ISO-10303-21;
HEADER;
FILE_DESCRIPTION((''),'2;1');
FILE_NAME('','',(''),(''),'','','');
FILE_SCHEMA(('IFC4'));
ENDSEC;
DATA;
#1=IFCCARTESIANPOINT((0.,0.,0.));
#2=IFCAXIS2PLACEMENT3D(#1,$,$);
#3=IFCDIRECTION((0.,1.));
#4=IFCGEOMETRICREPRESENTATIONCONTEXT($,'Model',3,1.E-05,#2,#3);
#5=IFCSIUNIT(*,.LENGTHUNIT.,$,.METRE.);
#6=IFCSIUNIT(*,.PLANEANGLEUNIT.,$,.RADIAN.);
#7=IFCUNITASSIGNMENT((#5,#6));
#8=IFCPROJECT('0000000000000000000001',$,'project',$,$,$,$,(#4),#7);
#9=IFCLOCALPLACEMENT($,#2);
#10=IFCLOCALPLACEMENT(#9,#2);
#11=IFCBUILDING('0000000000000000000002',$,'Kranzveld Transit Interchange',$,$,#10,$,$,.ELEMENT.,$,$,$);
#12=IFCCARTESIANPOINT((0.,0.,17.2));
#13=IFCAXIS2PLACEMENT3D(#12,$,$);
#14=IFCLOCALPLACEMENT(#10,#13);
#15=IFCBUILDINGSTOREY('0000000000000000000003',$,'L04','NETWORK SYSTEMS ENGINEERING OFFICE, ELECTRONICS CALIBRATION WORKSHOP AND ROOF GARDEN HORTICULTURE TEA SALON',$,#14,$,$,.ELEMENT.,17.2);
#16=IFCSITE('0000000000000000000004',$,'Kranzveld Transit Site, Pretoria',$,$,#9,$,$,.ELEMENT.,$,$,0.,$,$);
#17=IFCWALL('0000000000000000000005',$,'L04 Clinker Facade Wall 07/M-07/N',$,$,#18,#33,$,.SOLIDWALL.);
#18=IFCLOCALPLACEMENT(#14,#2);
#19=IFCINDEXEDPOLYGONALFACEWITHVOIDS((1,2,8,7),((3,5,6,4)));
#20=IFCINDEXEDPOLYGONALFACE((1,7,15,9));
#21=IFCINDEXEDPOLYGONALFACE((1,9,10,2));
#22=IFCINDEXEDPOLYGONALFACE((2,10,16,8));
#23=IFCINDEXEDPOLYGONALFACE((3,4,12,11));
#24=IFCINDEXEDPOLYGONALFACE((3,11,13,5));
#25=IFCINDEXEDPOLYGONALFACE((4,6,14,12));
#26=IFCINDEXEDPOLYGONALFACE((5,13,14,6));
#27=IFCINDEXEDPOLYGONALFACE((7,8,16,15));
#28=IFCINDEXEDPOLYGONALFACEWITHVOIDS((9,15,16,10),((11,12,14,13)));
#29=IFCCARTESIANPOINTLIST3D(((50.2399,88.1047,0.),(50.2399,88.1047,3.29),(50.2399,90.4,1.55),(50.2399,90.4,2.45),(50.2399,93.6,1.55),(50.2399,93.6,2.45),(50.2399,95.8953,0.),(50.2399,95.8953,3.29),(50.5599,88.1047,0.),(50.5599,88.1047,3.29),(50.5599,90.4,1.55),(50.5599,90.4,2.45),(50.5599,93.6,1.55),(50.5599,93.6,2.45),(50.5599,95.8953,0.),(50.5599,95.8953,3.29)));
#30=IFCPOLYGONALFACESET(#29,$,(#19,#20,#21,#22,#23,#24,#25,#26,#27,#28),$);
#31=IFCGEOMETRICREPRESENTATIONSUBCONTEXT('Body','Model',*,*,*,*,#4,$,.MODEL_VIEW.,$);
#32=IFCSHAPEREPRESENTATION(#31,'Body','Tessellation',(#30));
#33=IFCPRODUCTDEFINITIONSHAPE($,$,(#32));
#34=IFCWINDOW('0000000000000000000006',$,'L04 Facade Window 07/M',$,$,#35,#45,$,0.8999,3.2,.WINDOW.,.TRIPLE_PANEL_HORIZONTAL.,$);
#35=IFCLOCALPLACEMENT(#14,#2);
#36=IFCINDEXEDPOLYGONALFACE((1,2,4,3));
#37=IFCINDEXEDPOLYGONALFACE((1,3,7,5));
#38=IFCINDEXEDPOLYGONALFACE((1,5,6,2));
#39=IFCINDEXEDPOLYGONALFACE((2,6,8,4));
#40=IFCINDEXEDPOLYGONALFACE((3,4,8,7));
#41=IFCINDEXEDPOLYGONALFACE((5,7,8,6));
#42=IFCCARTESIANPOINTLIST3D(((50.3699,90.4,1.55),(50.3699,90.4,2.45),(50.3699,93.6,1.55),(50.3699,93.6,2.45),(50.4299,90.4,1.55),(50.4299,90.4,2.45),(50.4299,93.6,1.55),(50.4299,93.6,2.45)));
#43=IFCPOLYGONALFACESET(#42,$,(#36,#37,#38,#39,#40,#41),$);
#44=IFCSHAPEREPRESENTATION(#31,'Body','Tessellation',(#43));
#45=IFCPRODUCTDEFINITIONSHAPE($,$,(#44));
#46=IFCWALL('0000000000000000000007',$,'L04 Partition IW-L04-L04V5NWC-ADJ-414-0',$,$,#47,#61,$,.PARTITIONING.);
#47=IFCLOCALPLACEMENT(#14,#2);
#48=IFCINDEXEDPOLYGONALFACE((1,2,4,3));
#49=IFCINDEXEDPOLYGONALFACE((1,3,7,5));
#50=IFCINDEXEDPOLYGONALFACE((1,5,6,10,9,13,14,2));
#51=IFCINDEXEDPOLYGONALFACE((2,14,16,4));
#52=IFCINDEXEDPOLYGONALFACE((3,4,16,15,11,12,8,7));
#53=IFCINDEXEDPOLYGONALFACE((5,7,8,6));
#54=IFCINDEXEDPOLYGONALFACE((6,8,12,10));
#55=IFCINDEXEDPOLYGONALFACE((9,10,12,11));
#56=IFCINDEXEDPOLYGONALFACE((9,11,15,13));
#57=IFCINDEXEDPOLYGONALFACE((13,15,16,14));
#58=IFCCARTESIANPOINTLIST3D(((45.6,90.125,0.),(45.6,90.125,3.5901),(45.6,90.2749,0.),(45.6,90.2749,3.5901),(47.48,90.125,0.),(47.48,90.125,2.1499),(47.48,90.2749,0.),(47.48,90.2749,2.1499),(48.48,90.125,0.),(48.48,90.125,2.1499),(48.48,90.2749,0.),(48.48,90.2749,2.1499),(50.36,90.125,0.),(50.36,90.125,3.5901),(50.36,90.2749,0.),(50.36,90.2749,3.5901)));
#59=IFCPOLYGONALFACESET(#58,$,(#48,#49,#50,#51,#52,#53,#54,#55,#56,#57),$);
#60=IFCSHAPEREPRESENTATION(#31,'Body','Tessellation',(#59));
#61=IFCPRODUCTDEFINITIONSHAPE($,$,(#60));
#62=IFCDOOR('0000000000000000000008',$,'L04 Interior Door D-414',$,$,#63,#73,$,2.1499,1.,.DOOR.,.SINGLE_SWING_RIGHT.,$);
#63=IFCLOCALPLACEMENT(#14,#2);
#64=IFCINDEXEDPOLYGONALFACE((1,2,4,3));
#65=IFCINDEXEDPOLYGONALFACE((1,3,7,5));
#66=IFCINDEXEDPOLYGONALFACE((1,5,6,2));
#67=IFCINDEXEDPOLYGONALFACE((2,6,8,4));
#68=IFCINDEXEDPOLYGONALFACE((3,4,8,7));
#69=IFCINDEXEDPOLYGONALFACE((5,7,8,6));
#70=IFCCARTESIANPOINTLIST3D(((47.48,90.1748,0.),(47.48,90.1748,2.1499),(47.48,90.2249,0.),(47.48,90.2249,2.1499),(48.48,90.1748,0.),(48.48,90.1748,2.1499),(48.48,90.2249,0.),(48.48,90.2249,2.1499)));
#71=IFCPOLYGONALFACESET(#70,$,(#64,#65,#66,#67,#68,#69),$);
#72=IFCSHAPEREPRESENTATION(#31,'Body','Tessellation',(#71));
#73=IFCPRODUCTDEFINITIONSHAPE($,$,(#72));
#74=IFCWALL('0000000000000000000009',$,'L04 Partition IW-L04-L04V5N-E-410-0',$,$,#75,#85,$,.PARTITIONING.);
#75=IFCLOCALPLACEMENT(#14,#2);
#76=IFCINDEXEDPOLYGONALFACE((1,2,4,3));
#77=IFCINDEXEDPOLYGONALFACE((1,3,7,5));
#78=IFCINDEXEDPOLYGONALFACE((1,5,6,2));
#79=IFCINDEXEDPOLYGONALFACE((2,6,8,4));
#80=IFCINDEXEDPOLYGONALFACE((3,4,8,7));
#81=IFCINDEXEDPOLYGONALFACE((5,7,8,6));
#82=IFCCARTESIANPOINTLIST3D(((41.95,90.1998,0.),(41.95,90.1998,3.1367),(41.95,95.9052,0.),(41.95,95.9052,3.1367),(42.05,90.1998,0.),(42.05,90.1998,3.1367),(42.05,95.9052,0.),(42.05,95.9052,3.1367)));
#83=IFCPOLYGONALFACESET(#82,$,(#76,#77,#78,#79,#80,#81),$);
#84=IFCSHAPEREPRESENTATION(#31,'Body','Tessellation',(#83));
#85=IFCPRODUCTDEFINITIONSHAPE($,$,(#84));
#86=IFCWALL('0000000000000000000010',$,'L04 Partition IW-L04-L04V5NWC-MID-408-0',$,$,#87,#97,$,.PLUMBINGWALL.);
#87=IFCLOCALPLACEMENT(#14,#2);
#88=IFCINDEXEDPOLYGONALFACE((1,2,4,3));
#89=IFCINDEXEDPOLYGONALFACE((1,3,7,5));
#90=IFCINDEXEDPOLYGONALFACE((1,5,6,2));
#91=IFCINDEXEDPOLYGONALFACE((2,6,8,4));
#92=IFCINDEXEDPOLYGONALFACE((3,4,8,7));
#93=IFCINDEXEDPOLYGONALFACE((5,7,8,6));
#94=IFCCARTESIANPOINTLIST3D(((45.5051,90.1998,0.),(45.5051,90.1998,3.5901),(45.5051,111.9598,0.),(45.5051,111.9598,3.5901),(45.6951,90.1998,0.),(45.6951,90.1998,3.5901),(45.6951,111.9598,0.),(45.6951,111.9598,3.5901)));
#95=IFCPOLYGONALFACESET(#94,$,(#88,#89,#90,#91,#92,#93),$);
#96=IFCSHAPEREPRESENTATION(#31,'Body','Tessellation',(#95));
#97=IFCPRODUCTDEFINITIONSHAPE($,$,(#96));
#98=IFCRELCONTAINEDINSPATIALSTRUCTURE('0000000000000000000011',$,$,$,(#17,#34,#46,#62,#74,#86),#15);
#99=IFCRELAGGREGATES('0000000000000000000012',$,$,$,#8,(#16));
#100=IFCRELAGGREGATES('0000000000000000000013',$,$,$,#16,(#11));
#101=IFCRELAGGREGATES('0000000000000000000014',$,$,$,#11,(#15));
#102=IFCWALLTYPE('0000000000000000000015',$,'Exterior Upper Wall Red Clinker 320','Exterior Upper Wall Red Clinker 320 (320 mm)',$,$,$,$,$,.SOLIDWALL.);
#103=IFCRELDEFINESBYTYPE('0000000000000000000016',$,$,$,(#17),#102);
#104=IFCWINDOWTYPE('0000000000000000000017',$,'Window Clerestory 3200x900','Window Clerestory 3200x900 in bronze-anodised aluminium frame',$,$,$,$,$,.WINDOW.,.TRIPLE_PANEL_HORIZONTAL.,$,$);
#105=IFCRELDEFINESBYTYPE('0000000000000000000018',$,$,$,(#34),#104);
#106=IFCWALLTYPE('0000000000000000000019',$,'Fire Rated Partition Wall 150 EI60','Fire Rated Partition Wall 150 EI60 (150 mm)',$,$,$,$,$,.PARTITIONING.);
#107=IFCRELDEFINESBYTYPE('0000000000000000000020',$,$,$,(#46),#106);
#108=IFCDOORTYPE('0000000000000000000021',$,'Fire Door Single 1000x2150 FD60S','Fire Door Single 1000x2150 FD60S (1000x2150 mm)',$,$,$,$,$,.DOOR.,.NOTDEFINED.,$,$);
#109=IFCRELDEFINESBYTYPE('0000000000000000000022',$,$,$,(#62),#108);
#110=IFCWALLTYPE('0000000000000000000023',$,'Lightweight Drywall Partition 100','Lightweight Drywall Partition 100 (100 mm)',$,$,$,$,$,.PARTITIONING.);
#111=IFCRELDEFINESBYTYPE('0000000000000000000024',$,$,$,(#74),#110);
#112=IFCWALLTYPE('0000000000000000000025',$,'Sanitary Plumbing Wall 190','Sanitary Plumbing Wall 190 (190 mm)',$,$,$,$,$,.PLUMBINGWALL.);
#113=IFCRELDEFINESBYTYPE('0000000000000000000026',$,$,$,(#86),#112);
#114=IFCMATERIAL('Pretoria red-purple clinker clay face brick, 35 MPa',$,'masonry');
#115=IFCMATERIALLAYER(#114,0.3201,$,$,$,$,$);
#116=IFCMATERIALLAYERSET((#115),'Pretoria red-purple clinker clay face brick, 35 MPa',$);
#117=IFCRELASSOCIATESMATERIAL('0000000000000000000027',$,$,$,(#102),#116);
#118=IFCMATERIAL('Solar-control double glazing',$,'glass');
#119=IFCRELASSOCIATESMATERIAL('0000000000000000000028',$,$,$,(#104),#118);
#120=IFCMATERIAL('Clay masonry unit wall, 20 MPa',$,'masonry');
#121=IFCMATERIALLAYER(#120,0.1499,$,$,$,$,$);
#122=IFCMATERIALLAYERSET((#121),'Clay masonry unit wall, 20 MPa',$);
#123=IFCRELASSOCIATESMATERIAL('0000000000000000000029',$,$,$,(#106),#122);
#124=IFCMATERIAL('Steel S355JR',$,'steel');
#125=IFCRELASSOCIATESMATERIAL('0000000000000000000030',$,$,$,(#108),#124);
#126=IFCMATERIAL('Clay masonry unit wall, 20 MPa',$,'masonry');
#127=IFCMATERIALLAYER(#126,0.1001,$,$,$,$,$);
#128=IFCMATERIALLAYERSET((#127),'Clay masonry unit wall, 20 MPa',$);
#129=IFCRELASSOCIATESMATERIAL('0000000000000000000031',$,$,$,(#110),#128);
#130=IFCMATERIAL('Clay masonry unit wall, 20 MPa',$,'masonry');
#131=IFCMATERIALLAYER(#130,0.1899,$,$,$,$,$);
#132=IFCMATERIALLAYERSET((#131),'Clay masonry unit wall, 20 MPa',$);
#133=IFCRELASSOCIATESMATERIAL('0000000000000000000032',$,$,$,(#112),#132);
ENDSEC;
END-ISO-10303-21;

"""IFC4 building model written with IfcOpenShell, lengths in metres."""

from ifc_helpers import new_model, si_unit, direction, frame, frame_2d, origin, place, context, subcontext, project, spatial, rectangle, extrude, material, layer, layer_set, type_object, element, fill, save


model = new_model("IFC4")

# Units and contexts
model_context = context("Model", 3, precision=1e-05, world=origin(), true_north=direction((0.0, 1.0)))
body_context = subcontext(model_context, "Body", "Model", "MODEL_VIEW")
ifc_project = project(units=[si_unit("LENGTHUNIT", "METRE"), si_unit("PLANEANGLEUNIT", "RADIAN")], contexts=[model_context])

# Site, building, storey
site_placement = place(None, origin())
site = spatial("IfcSite", under=ifc_project, at=site_placement, Name="Kranzveld Transit Site, Pretoria", CompositionType="ELEMENT", RefElevation=0.0)
building_placement = place(site_placement, origin())
building = spatial("IfcBuilding", under=site, at=building_placement, Name="Kranzveld Transit Interchange", CompositionType="ELEMENT")
storey_placement = place(building_placement, frame((0.0, 0.0, 17.2)))
storey = spatial("IfcBuildingStorey", under=building, at=storey_placement, Name="L04", Description="NETWORK SYSTEMS ENGINEERING OFFICE, ELECTRONICS CALIBRATION WORKSHOP AND ROOF GARDEN HORTICULTURE TEA SALON", CompositionType="ELEMENT", Elevation=17.2)

# Wall, opening, window
ifc_material_1 = material(Name="Pretoria red-purple clinker clay face brick, 35 MPa", Category="masonry")
ifc_layer_1 = layer(ifc_material_1, 0.3201)
ifc_layer_set_1 = layer_set([ifc_layer_1], Name="Pretoria red-purple clinker clay face brick, 35 MPa")
wall_type_1 = type_object("IfcWallType", Name="Exterior Upper Wall Red Clinker 320", Description="Exterior Upper Wall Red Clinker 320 (320 mm)", PredefinedType="SOLIDWALL", material=ifc_layer_set_1)
wall_1_placement = place(storey_placement, frame((50.3999, 88.1047, 0.0), z_axis=(0.0, 0.0, 1.0), x_axis=(0.0, 1.0, 0.0)))
wall_1 = element("IfcWall", 1, at=wall_1_placement, inside=storey, type_object=wall_type_1, Name="L04 Clinker Facade Wall 07/M-07/N", PredefinedType="SOLIDWALL", context=body_context, shape_type="SweptSolid", body=[
    extrude(rectangle(XDim=7.7905, YDim=0.3201, at=frame_2d((3.8953, 0.0))), origin(), (0.0, 0.0, 1.0), 3.29),
])
opening_1_placement = place(wall_1_placement, frame((2.2952, 0.0, 1.55), z_axis=(0.0, 0.0, 1.0), x_axis=(1.0, 0.0, 0.0)))
opening_1 = element("IfcOpeningElement", 2, at=opening_1_placement, cuts=wall_1, PredefinedType="OPENING", context=body_context, shape_type="SweptSolid", body=[
    extrude(rectangle(XDim=3.2, YDim=0.8999, at=frame_2d((1.6001, 0.45))), frame((0.0, 0.1699, 0.0), z_axis=(0.0, -1.0, 0.0), x_axis=(1.0, 0.0, 0.0)), (0.0, 0.0, 1.0), 0.3401),
])
ifc_material_2 = material(Name="Solar-control double glazing", Category="glass")
window_type = type_object("IfcWindowType", Name="Window Clerestory 3200x900", Description="Window Clerestory 3200x900 in bronze-anodised aluminium frame", PartitioningType="TRIPLE_PANEL_HORIZONTAL", PredefinedType="WINDOW", material=ifc_material_2)
window_placement = place(opening_1_placement, origin())
window = element("IfcWindow", 3, at=window_placement, inside=storey, type_object=window_type, Name="L04 Facade Window 07/M", OverallHeight=0.8999, OverallWidth=3.2, PartitioningType="TRIPLE_PANEL_HORIZONTAL", PredefinedType="WINDOW", context=body_context, shape_type="SweptSolid", body=[
    extrude(rectangle(XDim=3.2, YDim=0.8999, at=frame_2d((1.6001, 0.45))), frame((0.0, 0.03, 0.0), z_axis=(0.0, -1.0, 0.0), x_axis=(1.0, 0.0, 0.0)), (0.0, 0.0, 1.0), 0.0601),
])
fill(opening_1, window)

# Wall, opening, door
ifc_material_3 = material(Name="Clay masonry unit wall, 20 MPa", Category="masonry")
ifc_layer_2 = layer(ifc_material_3, 0.1499)
ifc_layer_set_2 = layer_set([ifc_layer_2], Name="Clay masonry unit wall, 20 MPa")
wall_type_2 = type_object("IfcWallType", Name="Fire Rated Partition Wall 150 EI60", Description="Fire Rated Partition Wall 150 EI60 (150 mm)", PredefinedType="PARTITIONING", material=ifc_layer_set_2)
wall_2_placement = place(storey_placement, frame((45.6001, 90.2, 0.0), z_axis=(0.0, 0.0, 1.0), x_axis=(1.0, 0.0, 0.0)))
wall_2 = element("IfcWall", 4, at=wall_2_placement, inside=storey, type_object=wall_type_2, Name="L04 Partition IW-L04-L04V5NWC-ADJ-414-0", PredefinedType="PARTITIONING", context=body_context, shape_type="SweptSolid", body=[
    extrude(rectangle(XDim=4.76, YDim=0.1499, at=frame_2d((2.3799, 0.0))), origin(), (0.0, 0.0, 1.0), 3.5901),
])
opening_2_placement = place(wall_2_placement, frame((1.8799, 0.0, 0.0), z_axis=(0.0, 0.0, 1.0), x_axis=(1.0, 0.0, 0.0)))
opening_2 = element("IfcOpeningElement", 5, at=opening_2_placement, cuts=wall_2, PredefinedType="OPENING", context=body_context, shape_type="SweptSolid", body=[
    extrude(rectangle(XDim=1.0, YDim=2.1499, at=frame_2d((0.5, 1.075))), frame((0.0, 0.085, 0.0), z_axis=(0.0, -1.0, 0.0), x_axis=(1.0, 0.0, 0.0)), (0.0, 0.0, 1.0), 0.1699),
])
ifc_material_4 = material(Name="Steel S355JR", Category="steel")
door_type_1 = type_object("IfcDoorType", Name="Fire Door Single 1000x2150 FD60S", Description="Fire Door Single 1000x2150 FD60S (1000x2150 mm)", OperationType="NOTDEFINED", PredefinedType="DOOR", material=ifc_material_4)
door_1_placement = place(opening_2_placement, origin())
door_1 = element("IfcDoor", 6, at=door_1_placement, inside=storey, type_object=door_type_1, Name="L04 Interior Door D-414", OperationType="SINGLE_SWING_RIGHT", OverallHeight=2.1499, OverallWidth=1.0, PredefinedType="DOOR", context=body_context, shape_type="SweptSolid", body=[
    extrude(rectangle(XDim=1.0, YDim=2.1499, at=frame_2d((0.5, 1.075))), frame((0.0, 0.0249, 0.0), z_axis=(0.0, -1.0, 0.0), x_axis=(1.0, 0.0, 0.0)), (0.0, 0.0, 1.0), 0.05),
])
fill(opening_2, door_1)

# Wall
ifc_material_5 = material(Name="Clay masonry unit wall, 20 MPa", Category="masonry")
ifc_layer_3 = layer(ifc_material_5, 0.1001)
ifc_layer_set_3 = layer_set([ifc_layer_3], Name="Clay masonry unit wall, 20 MPa")
wall_type_3 = type_object("IfcWallType", Name="Lightweight Drywall Partition 100", Description="Lightweight Drywall Partition 100 (100 mm)", PredefinedType="PARTITIONING", material=ifc_layer_set_3)
wall_3_placement = place(storey_placement, frame((42.0, 90.2, 0.0), z_axis=(0.0, 0.0, 1.0), x_axis=(0.0, 1.0, 0.0)))
element("IfcWall", 7, at=wall_3_placement, inside=storey, type_object=wall_type_3, Name="L04 Partition IW-L04-L04V5N-E-410-0", PredefinedType="PARTITIONING", context=body_context, shape_type="SweptSolid", body=[
    extrude(rectangle(XDim=5.7053, YDim=0.1001, at=frame_2d((2.8525, 0.0))), origin(), (0.0, 0.0, 1.0), 3.1367),
])

# Shared definitions
ifc_material_6 = material(Name="Clay masonry unit wall, 20 MPa", Category="masonry")
ifc_layer_4 = layer(ifc_material_6, 0.1899)
ifc_layer_set_4 = layer_set([ifc_layer_4], Name="Clay masonry unit wall, 20 MPa")
wall_type_4 = type_object("IfcWallType", Name="Sanitary Plumbing Wall 190", Description="Sanitary Plumbing Wall 190 (190 mm)", PredefinedType="PLUMBINGWALL", material=ifc_layer_set_4)

# Wall
wall_4_placement = place(storey_placement, frame((45.6001, 90.2, 0.0), z_axis=(0.0, 0.0, 1.0), x_axis=(0.0, 1.0, 0.0)))
element("IfcWall", 8, at=wall_4_placement, inside=storey, type_object=wall_type_4, Name="L04 Partition IW-L04-L04V5NWC-MID-408-0", PredefinedType="PLUMBINGWALL", context=body_context, shape_type="SweptSolid", body=[
    extrude(rectangle(XDim=21.76, YDim=0.1899, at=frame_2d((10.8799, 0.0))), origin(), (0.0, 0.0, 1.0), 3.5901),
])

save(model, "model.ifc")
